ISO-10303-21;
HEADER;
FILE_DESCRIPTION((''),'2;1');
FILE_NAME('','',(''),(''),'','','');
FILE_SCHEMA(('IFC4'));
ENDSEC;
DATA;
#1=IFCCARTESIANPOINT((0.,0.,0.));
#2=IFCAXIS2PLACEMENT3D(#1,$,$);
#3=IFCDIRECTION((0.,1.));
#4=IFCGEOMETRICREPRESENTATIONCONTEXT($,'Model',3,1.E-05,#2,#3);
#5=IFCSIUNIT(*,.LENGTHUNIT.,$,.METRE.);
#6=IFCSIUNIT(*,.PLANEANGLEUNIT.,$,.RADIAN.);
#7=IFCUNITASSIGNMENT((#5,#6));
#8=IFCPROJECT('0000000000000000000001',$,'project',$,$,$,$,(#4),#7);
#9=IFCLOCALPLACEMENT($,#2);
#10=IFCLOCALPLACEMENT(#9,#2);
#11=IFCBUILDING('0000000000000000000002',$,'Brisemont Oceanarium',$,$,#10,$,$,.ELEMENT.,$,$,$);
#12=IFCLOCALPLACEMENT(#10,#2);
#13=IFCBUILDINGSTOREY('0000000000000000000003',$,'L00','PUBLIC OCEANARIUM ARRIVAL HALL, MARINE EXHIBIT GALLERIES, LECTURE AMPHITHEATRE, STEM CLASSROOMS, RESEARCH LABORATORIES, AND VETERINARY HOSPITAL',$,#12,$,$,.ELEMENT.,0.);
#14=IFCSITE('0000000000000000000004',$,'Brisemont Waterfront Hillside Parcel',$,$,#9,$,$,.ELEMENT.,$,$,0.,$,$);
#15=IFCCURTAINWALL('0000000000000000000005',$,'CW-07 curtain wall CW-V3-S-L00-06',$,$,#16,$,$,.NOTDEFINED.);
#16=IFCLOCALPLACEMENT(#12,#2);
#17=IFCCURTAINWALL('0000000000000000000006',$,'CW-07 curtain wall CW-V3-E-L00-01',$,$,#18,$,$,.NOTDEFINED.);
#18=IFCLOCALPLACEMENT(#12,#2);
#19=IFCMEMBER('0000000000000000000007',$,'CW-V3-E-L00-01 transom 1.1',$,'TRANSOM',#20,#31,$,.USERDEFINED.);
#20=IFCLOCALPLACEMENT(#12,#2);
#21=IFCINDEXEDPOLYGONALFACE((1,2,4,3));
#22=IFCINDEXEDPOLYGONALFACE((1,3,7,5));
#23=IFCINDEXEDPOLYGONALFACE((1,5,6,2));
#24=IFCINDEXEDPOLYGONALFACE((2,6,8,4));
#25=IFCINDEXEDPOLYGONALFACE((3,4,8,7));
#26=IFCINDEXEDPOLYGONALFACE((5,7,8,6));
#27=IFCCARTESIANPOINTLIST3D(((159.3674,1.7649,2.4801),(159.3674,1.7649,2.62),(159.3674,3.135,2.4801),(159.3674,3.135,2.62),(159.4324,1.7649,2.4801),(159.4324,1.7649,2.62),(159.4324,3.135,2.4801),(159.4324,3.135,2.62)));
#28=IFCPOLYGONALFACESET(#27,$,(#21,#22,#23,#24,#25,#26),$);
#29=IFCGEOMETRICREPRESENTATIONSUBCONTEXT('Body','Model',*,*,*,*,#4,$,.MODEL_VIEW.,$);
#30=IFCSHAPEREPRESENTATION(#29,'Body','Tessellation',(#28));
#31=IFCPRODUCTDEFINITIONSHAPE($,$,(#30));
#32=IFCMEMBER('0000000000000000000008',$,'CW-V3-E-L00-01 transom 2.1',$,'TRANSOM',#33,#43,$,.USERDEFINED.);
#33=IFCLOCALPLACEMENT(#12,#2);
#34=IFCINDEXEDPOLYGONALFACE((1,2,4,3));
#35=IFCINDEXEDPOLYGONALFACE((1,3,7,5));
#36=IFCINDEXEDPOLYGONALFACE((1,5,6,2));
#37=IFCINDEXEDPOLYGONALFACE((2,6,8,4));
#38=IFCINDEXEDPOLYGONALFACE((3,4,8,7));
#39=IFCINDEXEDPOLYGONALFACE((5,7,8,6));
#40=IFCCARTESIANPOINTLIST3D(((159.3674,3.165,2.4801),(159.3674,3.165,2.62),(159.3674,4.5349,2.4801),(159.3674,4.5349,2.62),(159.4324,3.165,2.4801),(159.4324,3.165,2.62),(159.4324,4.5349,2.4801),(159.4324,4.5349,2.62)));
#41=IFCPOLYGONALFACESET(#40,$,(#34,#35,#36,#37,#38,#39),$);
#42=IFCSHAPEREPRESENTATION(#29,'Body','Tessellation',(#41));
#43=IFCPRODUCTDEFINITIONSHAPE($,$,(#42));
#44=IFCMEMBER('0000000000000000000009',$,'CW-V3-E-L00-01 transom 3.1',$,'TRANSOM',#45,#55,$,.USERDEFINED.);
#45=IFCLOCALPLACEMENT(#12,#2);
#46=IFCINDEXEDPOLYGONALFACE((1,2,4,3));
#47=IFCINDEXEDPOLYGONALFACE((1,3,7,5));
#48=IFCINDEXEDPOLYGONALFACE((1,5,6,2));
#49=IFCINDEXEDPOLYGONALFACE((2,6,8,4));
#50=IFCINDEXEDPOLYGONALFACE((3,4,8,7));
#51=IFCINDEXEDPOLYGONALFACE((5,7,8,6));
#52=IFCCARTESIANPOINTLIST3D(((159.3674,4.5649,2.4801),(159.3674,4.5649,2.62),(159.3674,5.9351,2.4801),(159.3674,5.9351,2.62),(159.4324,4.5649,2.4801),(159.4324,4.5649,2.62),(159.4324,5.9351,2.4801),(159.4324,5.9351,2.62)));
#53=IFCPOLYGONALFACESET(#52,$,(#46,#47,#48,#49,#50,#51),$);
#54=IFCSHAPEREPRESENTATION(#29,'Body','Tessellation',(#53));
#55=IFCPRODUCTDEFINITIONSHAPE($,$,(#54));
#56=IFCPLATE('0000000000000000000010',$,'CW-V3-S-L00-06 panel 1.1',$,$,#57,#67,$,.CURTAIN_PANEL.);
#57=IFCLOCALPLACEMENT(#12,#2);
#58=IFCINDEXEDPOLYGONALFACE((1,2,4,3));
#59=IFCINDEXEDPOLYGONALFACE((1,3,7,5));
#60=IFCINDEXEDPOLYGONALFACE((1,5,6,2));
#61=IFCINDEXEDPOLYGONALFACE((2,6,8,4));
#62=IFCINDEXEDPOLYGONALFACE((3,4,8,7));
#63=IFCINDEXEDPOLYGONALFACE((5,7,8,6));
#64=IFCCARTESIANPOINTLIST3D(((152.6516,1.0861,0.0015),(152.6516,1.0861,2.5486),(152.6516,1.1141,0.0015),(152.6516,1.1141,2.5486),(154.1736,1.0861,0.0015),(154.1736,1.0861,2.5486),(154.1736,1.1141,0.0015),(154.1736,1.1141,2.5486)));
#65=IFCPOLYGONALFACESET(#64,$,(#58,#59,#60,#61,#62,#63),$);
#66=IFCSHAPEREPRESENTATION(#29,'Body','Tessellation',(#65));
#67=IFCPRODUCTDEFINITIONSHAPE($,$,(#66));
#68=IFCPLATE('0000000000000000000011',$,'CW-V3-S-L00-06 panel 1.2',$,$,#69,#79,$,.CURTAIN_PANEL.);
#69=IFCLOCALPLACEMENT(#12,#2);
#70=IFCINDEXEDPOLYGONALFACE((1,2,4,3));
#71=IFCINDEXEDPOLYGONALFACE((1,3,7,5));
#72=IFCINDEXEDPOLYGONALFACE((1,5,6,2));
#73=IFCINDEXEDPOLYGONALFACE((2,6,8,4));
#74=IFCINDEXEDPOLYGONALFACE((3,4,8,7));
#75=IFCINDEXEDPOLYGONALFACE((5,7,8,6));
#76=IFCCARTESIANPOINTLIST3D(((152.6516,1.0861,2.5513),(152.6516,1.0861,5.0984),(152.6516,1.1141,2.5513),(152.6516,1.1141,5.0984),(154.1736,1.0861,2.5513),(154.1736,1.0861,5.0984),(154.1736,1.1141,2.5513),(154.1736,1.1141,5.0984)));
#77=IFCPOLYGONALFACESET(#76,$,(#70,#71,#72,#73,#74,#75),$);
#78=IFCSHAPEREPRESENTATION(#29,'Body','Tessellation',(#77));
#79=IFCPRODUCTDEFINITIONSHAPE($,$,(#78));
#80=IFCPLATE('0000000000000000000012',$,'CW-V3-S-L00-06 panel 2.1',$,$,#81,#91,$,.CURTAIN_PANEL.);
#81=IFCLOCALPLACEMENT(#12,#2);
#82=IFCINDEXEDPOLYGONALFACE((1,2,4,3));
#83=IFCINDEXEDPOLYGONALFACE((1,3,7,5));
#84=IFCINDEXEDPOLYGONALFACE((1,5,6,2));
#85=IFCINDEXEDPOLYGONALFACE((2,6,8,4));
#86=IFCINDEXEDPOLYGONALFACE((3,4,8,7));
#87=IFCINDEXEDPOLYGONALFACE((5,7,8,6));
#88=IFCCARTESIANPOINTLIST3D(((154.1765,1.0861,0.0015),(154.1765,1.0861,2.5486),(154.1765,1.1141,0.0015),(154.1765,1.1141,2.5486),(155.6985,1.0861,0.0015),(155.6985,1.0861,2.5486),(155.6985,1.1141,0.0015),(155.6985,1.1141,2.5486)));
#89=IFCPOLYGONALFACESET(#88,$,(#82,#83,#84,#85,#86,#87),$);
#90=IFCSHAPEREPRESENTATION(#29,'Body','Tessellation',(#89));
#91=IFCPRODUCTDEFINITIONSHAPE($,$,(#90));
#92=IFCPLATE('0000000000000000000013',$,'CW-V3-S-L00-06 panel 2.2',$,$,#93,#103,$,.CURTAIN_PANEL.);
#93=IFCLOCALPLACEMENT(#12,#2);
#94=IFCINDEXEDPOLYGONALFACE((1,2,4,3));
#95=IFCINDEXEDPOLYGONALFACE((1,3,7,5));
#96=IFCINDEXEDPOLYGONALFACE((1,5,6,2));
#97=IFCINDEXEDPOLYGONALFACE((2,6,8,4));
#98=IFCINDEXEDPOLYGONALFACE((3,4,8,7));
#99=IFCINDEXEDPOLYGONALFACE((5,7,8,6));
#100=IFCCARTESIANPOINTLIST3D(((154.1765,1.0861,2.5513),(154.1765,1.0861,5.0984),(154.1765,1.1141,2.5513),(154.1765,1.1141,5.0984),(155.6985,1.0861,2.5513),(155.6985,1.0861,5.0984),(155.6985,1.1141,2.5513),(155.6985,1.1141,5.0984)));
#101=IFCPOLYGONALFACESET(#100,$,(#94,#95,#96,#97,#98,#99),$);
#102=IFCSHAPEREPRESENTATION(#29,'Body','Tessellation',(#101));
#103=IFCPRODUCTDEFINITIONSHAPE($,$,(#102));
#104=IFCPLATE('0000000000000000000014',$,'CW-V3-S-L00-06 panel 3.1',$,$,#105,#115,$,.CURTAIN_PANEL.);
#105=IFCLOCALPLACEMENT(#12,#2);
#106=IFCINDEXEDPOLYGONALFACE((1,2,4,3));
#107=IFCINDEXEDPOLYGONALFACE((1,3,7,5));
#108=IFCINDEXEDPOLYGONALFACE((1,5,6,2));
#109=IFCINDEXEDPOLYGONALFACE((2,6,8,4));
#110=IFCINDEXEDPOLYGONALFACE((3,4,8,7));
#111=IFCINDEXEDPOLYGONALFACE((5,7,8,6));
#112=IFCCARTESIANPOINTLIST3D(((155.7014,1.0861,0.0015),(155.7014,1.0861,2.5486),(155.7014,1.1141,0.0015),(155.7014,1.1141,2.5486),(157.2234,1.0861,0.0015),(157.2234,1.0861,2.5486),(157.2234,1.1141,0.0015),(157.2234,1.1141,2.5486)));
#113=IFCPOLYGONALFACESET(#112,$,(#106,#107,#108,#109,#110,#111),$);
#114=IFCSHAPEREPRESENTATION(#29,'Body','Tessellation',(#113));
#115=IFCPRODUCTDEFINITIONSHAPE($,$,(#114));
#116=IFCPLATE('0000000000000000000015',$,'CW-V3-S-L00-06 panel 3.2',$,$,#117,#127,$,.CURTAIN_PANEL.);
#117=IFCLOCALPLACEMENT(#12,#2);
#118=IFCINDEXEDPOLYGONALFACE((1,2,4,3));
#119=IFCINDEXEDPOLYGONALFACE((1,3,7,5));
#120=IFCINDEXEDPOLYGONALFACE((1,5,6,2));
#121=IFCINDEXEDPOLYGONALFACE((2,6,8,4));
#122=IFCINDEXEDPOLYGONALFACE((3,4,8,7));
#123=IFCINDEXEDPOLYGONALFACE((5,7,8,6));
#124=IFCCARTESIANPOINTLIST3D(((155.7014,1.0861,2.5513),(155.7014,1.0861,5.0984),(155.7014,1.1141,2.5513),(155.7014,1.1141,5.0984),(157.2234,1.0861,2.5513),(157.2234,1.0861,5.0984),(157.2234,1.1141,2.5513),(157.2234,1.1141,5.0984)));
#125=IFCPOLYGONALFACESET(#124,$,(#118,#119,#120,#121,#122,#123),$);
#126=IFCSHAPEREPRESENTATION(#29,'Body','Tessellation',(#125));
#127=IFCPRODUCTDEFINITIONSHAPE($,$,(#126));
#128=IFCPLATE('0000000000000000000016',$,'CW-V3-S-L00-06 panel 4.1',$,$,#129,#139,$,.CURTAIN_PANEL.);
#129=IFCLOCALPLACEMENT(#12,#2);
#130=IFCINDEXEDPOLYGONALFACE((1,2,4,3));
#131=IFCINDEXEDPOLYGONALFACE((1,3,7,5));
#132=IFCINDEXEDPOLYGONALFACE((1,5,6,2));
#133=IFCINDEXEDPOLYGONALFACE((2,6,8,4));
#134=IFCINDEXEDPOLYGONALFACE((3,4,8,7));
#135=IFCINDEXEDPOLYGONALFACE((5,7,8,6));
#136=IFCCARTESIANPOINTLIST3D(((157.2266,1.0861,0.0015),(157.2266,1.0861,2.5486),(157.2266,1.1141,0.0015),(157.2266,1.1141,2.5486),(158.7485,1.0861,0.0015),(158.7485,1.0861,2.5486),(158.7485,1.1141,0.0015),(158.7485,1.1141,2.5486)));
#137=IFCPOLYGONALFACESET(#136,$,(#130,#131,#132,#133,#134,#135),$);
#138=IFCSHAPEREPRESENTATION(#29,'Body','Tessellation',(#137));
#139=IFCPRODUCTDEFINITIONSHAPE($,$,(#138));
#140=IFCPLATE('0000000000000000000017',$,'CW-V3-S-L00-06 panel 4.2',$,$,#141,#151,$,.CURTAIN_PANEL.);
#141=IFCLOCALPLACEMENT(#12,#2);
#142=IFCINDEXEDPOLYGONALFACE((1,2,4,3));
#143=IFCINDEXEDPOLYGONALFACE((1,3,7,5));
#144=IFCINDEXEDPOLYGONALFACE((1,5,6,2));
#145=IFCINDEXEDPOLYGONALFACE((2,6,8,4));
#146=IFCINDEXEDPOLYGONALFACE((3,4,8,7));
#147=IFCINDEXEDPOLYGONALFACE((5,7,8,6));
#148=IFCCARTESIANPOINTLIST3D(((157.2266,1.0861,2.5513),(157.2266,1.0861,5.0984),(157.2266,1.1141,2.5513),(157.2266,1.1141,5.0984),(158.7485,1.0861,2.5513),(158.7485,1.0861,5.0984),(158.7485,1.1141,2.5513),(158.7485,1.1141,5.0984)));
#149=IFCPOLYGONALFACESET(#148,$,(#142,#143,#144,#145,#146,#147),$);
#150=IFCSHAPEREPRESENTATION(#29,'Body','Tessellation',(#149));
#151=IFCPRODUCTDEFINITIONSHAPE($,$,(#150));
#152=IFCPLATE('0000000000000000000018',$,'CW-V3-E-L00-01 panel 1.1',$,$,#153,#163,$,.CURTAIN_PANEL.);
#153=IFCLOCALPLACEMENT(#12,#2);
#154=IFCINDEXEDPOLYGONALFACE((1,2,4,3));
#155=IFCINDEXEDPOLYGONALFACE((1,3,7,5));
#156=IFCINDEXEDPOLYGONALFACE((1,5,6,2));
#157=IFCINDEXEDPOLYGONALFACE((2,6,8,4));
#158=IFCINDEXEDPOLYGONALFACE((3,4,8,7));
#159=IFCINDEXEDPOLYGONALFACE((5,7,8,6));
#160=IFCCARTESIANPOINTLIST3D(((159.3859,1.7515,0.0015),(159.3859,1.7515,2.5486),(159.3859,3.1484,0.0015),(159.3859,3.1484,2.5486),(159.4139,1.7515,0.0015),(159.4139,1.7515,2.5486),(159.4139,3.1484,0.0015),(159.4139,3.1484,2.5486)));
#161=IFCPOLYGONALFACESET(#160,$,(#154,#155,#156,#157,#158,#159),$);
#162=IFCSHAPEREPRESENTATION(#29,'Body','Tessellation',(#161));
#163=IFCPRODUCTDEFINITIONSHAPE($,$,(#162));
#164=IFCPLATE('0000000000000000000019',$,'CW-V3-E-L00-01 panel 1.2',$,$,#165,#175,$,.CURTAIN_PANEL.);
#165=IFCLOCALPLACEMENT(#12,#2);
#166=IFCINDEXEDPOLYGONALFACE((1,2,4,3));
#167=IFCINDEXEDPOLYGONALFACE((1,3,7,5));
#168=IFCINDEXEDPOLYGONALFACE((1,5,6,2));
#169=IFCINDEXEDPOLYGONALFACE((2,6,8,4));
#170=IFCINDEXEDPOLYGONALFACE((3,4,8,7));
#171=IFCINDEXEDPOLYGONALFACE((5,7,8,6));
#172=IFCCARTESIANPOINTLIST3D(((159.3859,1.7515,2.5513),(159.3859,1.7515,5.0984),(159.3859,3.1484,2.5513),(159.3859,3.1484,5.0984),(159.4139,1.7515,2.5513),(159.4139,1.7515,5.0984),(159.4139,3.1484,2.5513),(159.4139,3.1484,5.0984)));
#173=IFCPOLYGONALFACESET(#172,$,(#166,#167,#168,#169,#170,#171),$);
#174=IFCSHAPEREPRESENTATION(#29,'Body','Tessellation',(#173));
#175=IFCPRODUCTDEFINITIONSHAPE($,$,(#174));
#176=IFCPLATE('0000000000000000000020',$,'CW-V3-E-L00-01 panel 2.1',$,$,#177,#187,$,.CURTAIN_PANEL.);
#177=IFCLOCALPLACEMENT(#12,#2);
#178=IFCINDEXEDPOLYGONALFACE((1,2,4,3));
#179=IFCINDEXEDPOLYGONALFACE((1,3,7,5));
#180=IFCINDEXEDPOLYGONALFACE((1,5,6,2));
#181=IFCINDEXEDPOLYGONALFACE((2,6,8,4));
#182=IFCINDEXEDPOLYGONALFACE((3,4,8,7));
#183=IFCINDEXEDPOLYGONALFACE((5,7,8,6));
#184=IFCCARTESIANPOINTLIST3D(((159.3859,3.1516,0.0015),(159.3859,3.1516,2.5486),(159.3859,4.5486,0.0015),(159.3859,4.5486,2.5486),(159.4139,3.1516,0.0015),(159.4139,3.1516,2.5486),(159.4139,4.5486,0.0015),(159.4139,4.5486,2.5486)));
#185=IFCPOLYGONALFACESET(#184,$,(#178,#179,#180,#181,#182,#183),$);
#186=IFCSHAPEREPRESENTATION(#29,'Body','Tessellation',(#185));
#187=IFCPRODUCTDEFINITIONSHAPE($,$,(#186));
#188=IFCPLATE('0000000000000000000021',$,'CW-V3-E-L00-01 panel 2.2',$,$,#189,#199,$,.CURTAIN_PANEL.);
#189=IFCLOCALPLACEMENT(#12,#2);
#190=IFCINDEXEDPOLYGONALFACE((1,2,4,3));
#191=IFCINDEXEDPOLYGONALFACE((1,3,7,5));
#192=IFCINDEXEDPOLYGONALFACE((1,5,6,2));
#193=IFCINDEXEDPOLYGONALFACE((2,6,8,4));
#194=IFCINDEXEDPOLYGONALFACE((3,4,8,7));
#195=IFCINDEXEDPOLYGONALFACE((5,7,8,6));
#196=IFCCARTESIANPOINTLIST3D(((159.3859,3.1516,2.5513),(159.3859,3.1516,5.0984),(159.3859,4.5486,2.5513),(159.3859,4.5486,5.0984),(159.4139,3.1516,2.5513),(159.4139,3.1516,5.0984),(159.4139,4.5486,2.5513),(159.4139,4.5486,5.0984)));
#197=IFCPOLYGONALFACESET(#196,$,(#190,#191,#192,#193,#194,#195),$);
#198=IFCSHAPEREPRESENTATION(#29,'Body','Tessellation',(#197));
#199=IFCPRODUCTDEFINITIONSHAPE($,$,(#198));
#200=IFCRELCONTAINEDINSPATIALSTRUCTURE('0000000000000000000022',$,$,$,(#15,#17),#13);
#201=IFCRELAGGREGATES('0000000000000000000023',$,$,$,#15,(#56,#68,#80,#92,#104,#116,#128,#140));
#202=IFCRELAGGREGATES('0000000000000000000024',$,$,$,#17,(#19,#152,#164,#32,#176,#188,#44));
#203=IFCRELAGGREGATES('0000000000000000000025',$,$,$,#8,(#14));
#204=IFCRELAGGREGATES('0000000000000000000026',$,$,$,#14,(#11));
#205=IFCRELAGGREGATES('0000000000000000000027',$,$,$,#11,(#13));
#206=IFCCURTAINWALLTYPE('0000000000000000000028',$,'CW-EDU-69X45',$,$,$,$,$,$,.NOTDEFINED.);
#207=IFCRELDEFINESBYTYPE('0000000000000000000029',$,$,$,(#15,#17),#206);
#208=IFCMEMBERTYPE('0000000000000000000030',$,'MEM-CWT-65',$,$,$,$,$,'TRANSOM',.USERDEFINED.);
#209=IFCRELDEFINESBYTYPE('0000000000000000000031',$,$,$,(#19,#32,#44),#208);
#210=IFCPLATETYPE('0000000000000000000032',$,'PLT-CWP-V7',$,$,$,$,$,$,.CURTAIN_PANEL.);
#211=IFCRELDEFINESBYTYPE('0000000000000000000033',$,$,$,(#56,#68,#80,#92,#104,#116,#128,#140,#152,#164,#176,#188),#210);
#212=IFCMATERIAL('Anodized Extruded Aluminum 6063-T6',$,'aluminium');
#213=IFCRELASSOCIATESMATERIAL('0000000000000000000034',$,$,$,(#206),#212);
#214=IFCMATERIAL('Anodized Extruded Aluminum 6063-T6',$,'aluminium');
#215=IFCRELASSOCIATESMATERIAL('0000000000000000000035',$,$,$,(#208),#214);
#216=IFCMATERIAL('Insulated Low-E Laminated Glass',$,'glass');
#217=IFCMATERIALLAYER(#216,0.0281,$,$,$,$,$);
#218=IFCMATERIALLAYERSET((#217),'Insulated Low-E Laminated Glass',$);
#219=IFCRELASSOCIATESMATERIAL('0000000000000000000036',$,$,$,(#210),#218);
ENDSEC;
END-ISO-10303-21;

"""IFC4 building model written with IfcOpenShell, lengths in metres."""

from ifc_helpers import new_model, si_unit, direction, frame, origin, origin_2d, place, context, subcontext, project, spatial, rectangle, extrude, material, layer, layer_set, material_profile, profile_set, type_object, element, aggregate, save


model = new_model("IFC4")

# Units and contexts
model_context = context("Model", 3, precision=1e-05, world=origin(), true_north=direction((0.0, 1.0)))
body_context = subcontext(model_context, "Body", "Model", "MODEL_VIEW")
ifc_project = project(units=[si_unit("LENGTHUNIT", "METRE"), si_unit("PLANEANGLEUNIT", "RADIAN")], contexts=[model_context])

# Site, building, storey
site_placement = place(None, origin())
site = spatial("IfcSite", under=ifc_project, at=site_placement, Name="Brisemont Waterfront Hillside Parcel", CompositionType="ELEMENT", RefElevation=0.0)
building_placement = place(site_placement, origin())
building = spatial("IfcBuilding", under=site, at=building_placement, Name="Brisemont Oceanarium", CompositionType="ELEMENT")
storey_placement = place(building_placement, origin())
storey = spatial("IfcBuildingStorey", under=building, at=storey_placement, Name="L00", Description="PUBLIC OCEANARIUM ARRIVAL HALL, MARINE EXHIBIT GALLERIES, LECTURE AMPHITHEATRE, STEM CLASSROOMS, RESEARCH LABORATORIES, AND VETERINARY HOSPITAL", CompositionType="ELEMENT", Elevation=0.0)

# Curtain walls
ifc_material_1 = material(Name="Anodized Extruded Aluminum 6063-T6", Category="aluminium")
curtain_wall_type = type_object("IfcCurtainWallType", Name="CW-EDU-69X45", PredefinedType="NOTDEFINED", material=ifc_material_1)
curtain_wall_1_placement = place(storey_placement, origin())
curtain_wall_1 = element("IfcCurtainWall", 1, at=curtain_wall_1_placement, inside=storey, type_object=curtain_wall_type, Name="CW-07 curtain wall CW-V3-S-L00-06", PredefinedType="NOTDEFINED")
curtain_wall_2_placement = place(storey_placement, origin())
curtain_wall_2 = element("IfcCurtainWall", 2, at=curtain_wall_2_placement, inside=storey, type_object=curtain_wall_type, Name="CW-07 curtain wall CW-V3-E-L00-01", PredefinedType="NOTDEFINED")

# Members
ifc_material_2 = material(Name="Anodized Extruded Aluminum 6063-T6", Category="aluminium")
ifc_material_profile_1 = material_profile(ifc_material_2, rectangle(XDim=0.0649, YDim=0.1399, at=origin_2d()), Name="CWT-65X140")
ifc_profile_set_1 = profile_set([ifc_material_profile_1], Name="Anodized Extruded Aluminum 6063-T6")
member_type_1 = type_object("IfcMemberType", Name="MEM-CWT-65", ElementType="TRANSOM", PredefinedType="USERDEFINED", material=ifc_profile_set_1)
member_1_placement = place(storey_placement, frame((159.3999, 1.7649, 2.55), z_axis=(0.0, 1.0, 0.0), x_axis=(-1.0, 0.0, 0.0)))
member_1 = element("IfcMember", 3, at=member_1_placement, type_object=member_type_1, Name="CW-V3-E-L00-01 transom 1.1", ObjectType="TRANSOM", PredefinedType="USERDEFINED", context=body_context, shape_type="SweptSolid", body=[
    extrude(rectangle(XDim=0.0649, YDim=0.1399, at=origin_2d()), origin(), (0.0, 0.0, 1.0), 1.3701),
])
member_2_placement = place(storey_placement, frame((159.3999, 3.165, 2.55), z_axis=(0.0, 1.0, 0.0), x_axis=(-1.0, 0.0, 0.0)))
member_2 = element("IfcMember", 4, at=member_2_placement, type_object=member_type_1, Name="CW-V3-E-L00-01 transom 2.1", ObjectType="TRANSOM", PredefinedType="USERDEFINED", context=body_context, shape_type="SweptSolid", body=[
    extrude(rectangle(XDim=0.0649, YDim=0.1399, at=origin_2d()), origin(), (0.0, 0.0, 1.0), 1.3699),
])
member_3_placement = place(storey_placement, frame((159.3999, 4.5649, 2.55), z_axis=(0.0, 1.0, 0.0), x_axis=(-1.0, 0.0, 0.0)))
member_3 = element("IfcMember", 5, at=member_3_placement, type_object=member_type_1, Name="CW-V3-E-L00-01 transom 3.1", ObjectType="TRANSOM", PredefinedType="USERDEFINED", context=body_context, shape_type="SweptSolid", body=[
    extrude(rectangle(XDim=0.0649, YDim=0.1399, at=origin_2d()), origin(), (0.0, 0.0, 1.0), 1.3701),
])

# Plates
ifc_material_3 = material(Name="Insulated Low-E Laminated Glass", Category="glass")
ifc_layer = layer(ifc_material_3, 0.0281)
ifc_layer_set = layer_set([ifc_layer], Name="Insulated Low-E Laminated Glass")
plate_type = type_object("IfcPlateType", Name="PLT-CWP-V7", PredefinedType="CURTAIN_PANEL", material=ifc_layer_set)
plate_1_placement = place(storey_placement, frame((153.4126, 1.1001, 0.0015), z_axis=(0.0, 0.0, 1.0), x_axis=(1.0, 0.0, 0.0)))
plate_1 = element("IfcPlate", 6, at=plate_1_placement, type_object=plate_type, Name="CW-V3-S-L00-06 panel 1.1", PredefinedType="CURTAIN_PANEL", context=body_context, shape_type="SweptSolid", body=[
    extrude(rectangle(XDim=1.522, YDim=0.0281, at=origin_2d()), origin(), (0.0, 0.0, 1.0), 2.5471),
])
plate_2_placement = place(storey_placement, frame((153.4126, 1.1001, 2.5513), z_axis=(0.0, 0.0, 1.0), x_axis=(1.0, 0.0, 0.0)))
plate_2 = element("IfcPlate", 7, at=plate_2_placement, type_object=plate_type, Name="CW-V3-S-L00-06 panel 1.2", PredefinedType="CURTAIN_PANEL", context=body_context, shape_type="SweptSolid", body=[
    extrude(rectangle(XDim=1.522, YDim=0.0281, at=origin_2d()), origin(), (0.0, 0.0, 1.0), 2.5471),
])
plate_3_placement = place(storey_placement, frame((154.9375, 1.1001, 0.0015), z_axis=(0.0, 0.0, 1.0), x_axis=(1.0, 0.0, 0.0)))
plate_3 = element("IfcPlate", 8, at=plate_3_placement, type_object=plate_type, Name="CW-V3-S-L00-06 panel 2.1", PredefinedType="CURTAIN_PANEL", context=body_context, shape_type="SweptSolid", body=[
    extrude(rectangle(XDim=1.522, YDim=0.0281, at=origin_2d()), origin(), (0.0, 0.0, 1.0), 2.5471),
])
plate_4_placement = place(storey_placement, frame((154.9375, 1.1001, 2.5513), z_axis=(0.0, 0.0, 1.0), x_axis=(1.0, 0.0, 0.0)))
plate_4 = element("IfcPlate", 9, at=plate_4_placement, type_object=plate_type, Name="CW-V3-S-L00-06 panel 2.2", PredefinedType="CURTAIN_PANEL", context=body_context, shape_type="SweptSolid", body=[
    extrude(rectangle(XDim=1.522, YDim=0.0281, at=origin_2d()), origin(), (0.0, 0.0, 1.0), 2.5471),
])
plate_5_placement = place(storey_placement, frame((156.4624, 1.1001, 0.0015), z_axis=(0.0, 0.0, 1.0), x_axis=(1.0, 0.0, 0.0)))
plate_5 = element("IfcPlate", 10, at=plate_5_placement, type_object=plate_type, Name="CW-V3-S-L00-06 panel 3.1", PredefinedType="CURTAIN_PANEL", context=body_context, shape_type="SweptSolid", body=[
    extrude(rectangle(XDim=1.522, YDim=0.0281, at=origin_2d()), origin(), (0.0, 0.0, 1.0), 2.5471),
])
plate_6_placement = place(storey_placement, frame((156.4624, 1.1001, 2.5513), z_axis=(0.0, 0.0, 1.0), x_axis=(1.0, 0.0, 0.0)))
plate_6 = element("IfcPlate", 11, at=plate_6_placement, type_object=plate_type, Name="CW-V3-S-L00-06 panel 3.2", PredefinedType="CURTAIN_PANEL", context=body_context, shape_type="SweptSolid", body=[
    extrude(rectangle(XDim=1.522, YDim=0.0281, at=origin_2d()), origin(), (0.0, 0.0, 1.0), 2.5471),
])
plate_7_placement = place(storey_placement, frame((157.9875, 1.1001, 0.0015), z_axis=(0.0, 0.0, 1.0), x_axis=(1.0, 0.0, 0.0)))
plate_7 = element("IfcPlate", 12, at=plate_7_placement, type_object=plate_type, Name="CW-V3-S-L00-06 panel 4.1", PredefinedType="CURTAIN_PANEL", context=body_context, shape_type="SweptSolid", body=[
    extrude(rectangle(XDim=1.522, YDim=0.0281, at=origin_2d()), origin(), (0.0, 0.0, 1.0), 2.5471),
])
plate_8_placement = place(storey_placement, frame((157.9875, 1.1001, 2.5513), z_axis=(0.0, 0.0, 1.0), x_axis=(1.0, 0.0, 0.0)))
plate_8 = element("IfcPlate", 13, at=plate_8_placement, type_object=plate_type, Name="CW-V3-S-L00-06 panel 4.2", PredefinedType="CURTAIN_PANEL", context=body_context, shape_type="SweptSolid", body=[
    extrude(rectangle(XDim=1.522, YDim=0.0281, at=origin_2d()), origin(), (0.0, 0.0, 1.0), 2.5471),
])
aggregate(curtain_wall_1, [plate_1, plate_2, plate_3, plate_4, plate_5, plate_6, plate_7, plate_8])
plate_9_placement = place(storey_placement, frame((159.3999, 2.45, 0.0015), z_axis=(0.0, 0.0, 1.0), x_axis=(0.0, 1.0, 0.0)))
plate_9 = element("IfcPlate", 14, at=plate_9_placement, type_object=plate_type, Name="CW-V3-E-L00-01 panel 1.1", PredefinedType="CURTAIN_PANEL", context=body_context, shape_type="SweptSolid", body=[
    extrude(rectangle(XDim=1.397, YDim=0.0281, at=origin_2d()), origin(), (0.0, 0.0, 1.0), 2.5471),
])
plate_10_placement = place(storey_placement, frame((159.3999, 2.45, 2.5513), z_axis=(0.0, 0.0, 1.0), x_axis=(0.0, 1.0, 0.0)))
plate_10 = element("IfcPlate", 15, at=plate_10_placement, type_object=plate_type, Name="CW-V3-E-L00-01 panel 1.2", PredefinedType="CURTAIN_PANEL", context=body_context, shape_type="SweptSolid", body=[
    extrude(rectangle(XDim=1.397, YDim=0.0281, at=origin_2d()), origin(), (0.0, 0.0, 1.0), 2.5471),
])
plate_11_placement = place(storey_placement, frame((159.3999, 3.8501, 0.0015), z_axis=(0.0, 0.0, 1.0), x_axis=(0.0, 1.0, 0.0)))
plate_11 = element("IfcPlate", 16, at=plate_11_placement, type_object=plate_type, Name="CW-V3-E-L00-01 panel 2.1", PredefinedType="CURTAIN_PANEL", context=body_context, shape_type="SweptSolid", body=[
    extrude(rectangle(XDim=1.397, YDim=0.0281, at=origin_2d()), origin(), (0.0, 0.0, 1.0), 2.5471),
])
plate_12_placement = place(storey_placement, frame((159.3999, 3.8501, 2.5513), z_axis=(0.0, 0.0, 1.0), x_axis=(0.0, 1.0, 0.0)))
plate_12 = element("IfcPlate", 17, at=plate_12_placement, type_object=plate_type, Name="CW-V3-E-L00-01 panel 2.2", PredefinedType="CURTAIN_PANEL", context=body_context, shape_type="SweptSolid", body=[
    extrude(rectangle(XDim=1.397, YDim=0.0281, at=origin_2d()), origin(), (0.0, 0.0, 1.0), 2.5471),
])
aggregate(curtain_wall_2, [member_1, plate_9, plate_10, member_2, plate_11, plate_12, member_3])

save(model, "model.ifc")
